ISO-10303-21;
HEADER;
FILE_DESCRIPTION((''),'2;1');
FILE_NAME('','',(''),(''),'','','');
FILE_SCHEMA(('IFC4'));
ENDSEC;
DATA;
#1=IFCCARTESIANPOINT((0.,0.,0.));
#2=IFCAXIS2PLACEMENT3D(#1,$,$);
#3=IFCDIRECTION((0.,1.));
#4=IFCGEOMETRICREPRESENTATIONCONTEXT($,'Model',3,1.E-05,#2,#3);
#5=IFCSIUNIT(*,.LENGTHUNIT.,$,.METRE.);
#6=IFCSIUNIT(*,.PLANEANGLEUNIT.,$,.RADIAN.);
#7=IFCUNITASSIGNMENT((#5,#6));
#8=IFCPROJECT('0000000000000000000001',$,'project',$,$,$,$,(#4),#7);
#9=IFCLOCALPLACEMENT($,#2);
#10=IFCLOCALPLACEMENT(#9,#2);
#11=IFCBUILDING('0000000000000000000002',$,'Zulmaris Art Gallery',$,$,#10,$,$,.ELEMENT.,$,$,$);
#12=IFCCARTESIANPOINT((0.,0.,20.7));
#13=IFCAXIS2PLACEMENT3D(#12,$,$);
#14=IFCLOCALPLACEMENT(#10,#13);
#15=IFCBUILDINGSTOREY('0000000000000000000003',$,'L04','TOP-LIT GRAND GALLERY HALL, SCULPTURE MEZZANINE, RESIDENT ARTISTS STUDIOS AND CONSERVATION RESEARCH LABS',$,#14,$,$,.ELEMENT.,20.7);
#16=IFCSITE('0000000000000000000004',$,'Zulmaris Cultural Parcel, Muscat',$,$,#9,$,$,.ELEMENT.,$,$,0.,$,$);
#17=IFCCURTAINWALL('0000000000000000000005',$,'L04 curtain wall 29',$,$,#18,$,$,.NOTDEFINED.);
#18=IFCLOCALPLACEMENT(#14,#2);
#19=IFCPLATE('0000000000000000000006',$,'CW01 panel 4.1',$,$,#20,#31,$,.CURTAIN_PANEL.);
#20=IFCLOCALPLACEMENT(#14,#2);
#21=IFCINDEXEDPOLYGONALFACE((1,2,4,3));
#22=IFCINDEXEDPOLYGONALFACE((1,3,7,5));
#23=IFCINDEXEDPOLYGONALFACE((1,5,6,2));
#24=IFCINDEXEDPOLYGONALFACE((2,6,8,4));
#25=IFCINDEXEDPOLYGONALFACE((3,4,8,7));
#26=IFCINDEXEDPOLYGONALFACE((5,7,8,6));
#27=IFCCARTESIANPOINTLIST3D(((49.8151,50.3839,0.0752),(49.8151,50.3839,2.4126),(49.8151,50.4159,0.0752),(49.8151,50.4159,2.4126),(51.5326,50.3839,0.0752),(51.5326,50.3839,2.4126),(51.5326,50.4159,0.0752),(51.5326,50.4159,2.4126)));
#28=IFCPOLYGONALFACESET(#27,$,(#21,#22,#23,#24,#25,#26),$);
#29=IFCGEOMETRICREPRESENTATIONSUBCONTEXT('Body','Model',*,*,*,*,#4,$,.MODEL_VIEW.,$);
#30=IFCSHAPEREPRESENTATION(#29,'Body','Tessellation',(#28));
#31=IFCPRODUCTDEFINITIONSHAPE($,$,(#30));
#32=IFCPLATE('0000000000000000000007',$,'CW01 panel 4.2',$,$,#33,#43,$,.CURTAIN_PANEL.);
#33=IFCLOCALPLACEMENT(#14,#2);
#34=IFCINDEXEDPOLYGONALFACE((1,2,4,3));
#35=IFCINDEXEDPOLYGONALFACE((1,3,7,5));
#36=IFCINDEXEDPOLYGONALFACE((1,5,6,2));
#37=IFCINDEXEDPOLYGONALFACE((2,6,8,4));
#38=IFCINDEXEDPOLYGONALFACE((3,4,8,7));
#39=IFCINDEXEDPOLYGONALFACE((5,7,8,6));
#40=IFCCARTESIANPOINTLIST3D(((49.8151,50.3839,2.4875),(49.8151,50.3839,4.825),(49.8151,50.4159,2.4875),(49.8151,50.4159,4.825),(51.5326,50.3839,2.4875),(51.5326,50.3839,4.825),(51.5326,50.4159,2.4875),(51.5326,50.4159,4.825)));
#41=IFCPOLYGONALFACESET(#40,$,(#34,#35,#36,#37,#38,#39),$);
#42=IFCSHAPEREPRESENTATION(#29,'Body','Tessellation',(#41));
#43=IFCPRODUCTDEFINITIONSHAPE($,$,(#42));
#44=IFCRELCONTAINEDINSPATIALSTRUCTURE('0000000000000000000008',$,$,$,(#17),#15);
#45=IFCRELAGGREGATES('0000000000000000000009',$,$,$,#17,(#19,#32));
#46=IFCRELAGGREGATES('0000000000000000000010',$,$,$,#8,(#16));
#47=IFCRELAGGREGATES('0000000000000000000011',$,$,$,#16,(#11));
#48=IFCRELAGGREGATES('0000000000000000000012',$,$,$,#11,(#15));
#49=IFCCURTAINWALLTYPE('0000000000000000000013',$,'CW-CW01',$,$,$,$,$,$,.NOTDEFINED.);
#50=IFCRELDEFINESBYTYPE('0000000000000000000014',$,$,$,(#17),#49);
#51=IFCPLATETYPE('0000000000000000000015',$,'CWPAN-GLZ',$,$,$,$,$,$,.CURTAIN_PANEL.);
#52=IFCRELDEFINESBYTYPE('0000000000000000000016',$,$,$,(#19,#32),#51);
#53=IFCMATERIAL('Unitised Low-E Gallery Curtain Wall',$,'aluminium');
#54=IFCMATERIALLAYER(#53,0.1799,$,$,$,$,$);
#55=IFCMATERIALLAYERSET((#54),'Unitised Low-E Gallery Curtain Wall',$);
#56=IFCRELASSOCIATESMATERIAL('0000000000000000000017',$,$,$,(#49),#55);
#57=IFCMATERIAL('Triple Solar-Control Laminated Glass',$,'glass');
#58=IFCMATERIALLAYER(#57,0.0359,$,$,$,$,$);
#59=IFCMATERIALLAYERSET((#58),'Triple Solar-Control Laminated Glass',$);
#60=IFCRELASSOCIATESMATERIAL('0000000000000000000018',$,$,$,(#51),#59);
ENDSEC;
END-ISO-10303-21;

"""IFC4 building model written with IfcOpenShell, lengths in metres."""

from ifc_helpers import new_model, si_unit, direction, frame, origin, origin_2d, place, context, subcontext, project, spatial, rectangle, extrude, material, layer, layer_set, type_object, element, aggregate, save


model = new_model("IFC4")

# Units and contexts
model_context = context("Model", 3, precision=1e-05, world=origin(), true_north=direction((0.0, 1.0)))
body_context = subcontext(model_context, "Body", "Model", "MODEL_VIEW")
ifc_project = project(units=[si_unit("LENGTHUNIT", "METRE"), si_unit("PLANEANGLEUNIT", "RADIAN")], contexts=[model_context])

# Site, building, storey
site_placement = place(None, origin())
site = spatial("IfcSite", under=ifc_project, at=site_placement, Name="Zulmaris Cultural Parcel, Muscat", CompositionType="ELEMENT", RefElevation=0.0)
building_placement = place(site_placement, origin())
building = spatial("IfcBuilding", under=site, at=building_placement, Name="Zulmaris Art Gallery", CompositionType="ELEMENT")
storey_placement = place(building_placement, frame((0.0, 0.0, 20.7)))
storey = spatial("IfcBuildingStorey", under=building, at=storey_placement, Name="L04", Description="TOP-LIT GRAND GALLERY HALL, SCULPTURE MEZZANINE, RESIDENT ARTISTS STUDIOS AND CONSERVATION RESEARCH LABS", CompositionType="ELEMENT", Elevation=20.7)

# Shared definitions
ifc_material_1 = material(Name="Unitised Low-E Gallery Curtain Wall", Category="aluminium")
ifc_layer_1 = layer(ifc_material_1, 0.1799)
ifc_layer_set_1 = layer_set([ifc_layer_1], Name="Unitised Low-E Gallery Curtain Wall")
curtain_wall_type = type_object("IfcCurtainWallType", Name="CW-CW01", PredefinedType="NOTDEFINED", material=ifc_layer_set_1)

# Curtain wall
curtain_wall_1_placement = place(storey_placement, origin())
curtain_wall_1 = element("IfcCurtainWall", 1, at=curtain_wall_1_placement, inside=storey, type_object=curtain_wall_type, Name="L04 curtain wall 29", PredefinedType="NOTDEFINED")

# Plates
ifc_material_2 = material(Name="Triple Solar-Control Laminated Glass", Category="glass")
ifc_layer_2 = layer(ifc_material_2, 0.0359)
ifc_layer_set_2 = layer_set([ifc_layer_2], Name="Triple Solar-Control Laminated Glass")
plate_type = type_object("IfcPlateType", Name="CWPAN-GLZ", PredefinedType="CURTAIN_PANEL", material=ifc_layer_set_2)
plate_1_placement = place(storey_placement, frame((50.6738, 50.3999, 0.0752), z_axis=(0.0, 0.0, 1.0), x_axis=(-1.0, 0.0, 0.0)))
plate_1 = element("IfcPlate", 2, at=plate_1_placement, type_object=plate_type, Name="CW01 panel 4.1", PredefinedType="CURTAIN_PANEL", context=body_context, shape_type="SweptSolid", body=[
    extrude(rectangle(XDim=1.7175, YDim=0.032, at=origin_2d()), origin(), (0.0, 0.0, 1.0), 2.3374),
])
plate_2_placement = place(storey_placement, frame((50.6738, 50.3999, 2.4875), z_axis=(0.0, 0.0, 1.0), x_axis=(-1.0, 0.0, 0.0)))
plate_2 = element("IfcPlate", 3, at=plate_2_placement, type_object=plate_type, Name="CW01 panel 4.2", PredefinedType="CURTAIN_PANEL", context=body_context, shape_type="SweptSolid", body=[
    extrude(rectangle(XDim=1.7175, YDim=0.032, at=origin_2d()), origin(), (0.0, 0.0, 1.0), 2.3374),
])
aggregate(curtain_wall_1, [plate_1, plate_2])

save(model, "model.ifc")
